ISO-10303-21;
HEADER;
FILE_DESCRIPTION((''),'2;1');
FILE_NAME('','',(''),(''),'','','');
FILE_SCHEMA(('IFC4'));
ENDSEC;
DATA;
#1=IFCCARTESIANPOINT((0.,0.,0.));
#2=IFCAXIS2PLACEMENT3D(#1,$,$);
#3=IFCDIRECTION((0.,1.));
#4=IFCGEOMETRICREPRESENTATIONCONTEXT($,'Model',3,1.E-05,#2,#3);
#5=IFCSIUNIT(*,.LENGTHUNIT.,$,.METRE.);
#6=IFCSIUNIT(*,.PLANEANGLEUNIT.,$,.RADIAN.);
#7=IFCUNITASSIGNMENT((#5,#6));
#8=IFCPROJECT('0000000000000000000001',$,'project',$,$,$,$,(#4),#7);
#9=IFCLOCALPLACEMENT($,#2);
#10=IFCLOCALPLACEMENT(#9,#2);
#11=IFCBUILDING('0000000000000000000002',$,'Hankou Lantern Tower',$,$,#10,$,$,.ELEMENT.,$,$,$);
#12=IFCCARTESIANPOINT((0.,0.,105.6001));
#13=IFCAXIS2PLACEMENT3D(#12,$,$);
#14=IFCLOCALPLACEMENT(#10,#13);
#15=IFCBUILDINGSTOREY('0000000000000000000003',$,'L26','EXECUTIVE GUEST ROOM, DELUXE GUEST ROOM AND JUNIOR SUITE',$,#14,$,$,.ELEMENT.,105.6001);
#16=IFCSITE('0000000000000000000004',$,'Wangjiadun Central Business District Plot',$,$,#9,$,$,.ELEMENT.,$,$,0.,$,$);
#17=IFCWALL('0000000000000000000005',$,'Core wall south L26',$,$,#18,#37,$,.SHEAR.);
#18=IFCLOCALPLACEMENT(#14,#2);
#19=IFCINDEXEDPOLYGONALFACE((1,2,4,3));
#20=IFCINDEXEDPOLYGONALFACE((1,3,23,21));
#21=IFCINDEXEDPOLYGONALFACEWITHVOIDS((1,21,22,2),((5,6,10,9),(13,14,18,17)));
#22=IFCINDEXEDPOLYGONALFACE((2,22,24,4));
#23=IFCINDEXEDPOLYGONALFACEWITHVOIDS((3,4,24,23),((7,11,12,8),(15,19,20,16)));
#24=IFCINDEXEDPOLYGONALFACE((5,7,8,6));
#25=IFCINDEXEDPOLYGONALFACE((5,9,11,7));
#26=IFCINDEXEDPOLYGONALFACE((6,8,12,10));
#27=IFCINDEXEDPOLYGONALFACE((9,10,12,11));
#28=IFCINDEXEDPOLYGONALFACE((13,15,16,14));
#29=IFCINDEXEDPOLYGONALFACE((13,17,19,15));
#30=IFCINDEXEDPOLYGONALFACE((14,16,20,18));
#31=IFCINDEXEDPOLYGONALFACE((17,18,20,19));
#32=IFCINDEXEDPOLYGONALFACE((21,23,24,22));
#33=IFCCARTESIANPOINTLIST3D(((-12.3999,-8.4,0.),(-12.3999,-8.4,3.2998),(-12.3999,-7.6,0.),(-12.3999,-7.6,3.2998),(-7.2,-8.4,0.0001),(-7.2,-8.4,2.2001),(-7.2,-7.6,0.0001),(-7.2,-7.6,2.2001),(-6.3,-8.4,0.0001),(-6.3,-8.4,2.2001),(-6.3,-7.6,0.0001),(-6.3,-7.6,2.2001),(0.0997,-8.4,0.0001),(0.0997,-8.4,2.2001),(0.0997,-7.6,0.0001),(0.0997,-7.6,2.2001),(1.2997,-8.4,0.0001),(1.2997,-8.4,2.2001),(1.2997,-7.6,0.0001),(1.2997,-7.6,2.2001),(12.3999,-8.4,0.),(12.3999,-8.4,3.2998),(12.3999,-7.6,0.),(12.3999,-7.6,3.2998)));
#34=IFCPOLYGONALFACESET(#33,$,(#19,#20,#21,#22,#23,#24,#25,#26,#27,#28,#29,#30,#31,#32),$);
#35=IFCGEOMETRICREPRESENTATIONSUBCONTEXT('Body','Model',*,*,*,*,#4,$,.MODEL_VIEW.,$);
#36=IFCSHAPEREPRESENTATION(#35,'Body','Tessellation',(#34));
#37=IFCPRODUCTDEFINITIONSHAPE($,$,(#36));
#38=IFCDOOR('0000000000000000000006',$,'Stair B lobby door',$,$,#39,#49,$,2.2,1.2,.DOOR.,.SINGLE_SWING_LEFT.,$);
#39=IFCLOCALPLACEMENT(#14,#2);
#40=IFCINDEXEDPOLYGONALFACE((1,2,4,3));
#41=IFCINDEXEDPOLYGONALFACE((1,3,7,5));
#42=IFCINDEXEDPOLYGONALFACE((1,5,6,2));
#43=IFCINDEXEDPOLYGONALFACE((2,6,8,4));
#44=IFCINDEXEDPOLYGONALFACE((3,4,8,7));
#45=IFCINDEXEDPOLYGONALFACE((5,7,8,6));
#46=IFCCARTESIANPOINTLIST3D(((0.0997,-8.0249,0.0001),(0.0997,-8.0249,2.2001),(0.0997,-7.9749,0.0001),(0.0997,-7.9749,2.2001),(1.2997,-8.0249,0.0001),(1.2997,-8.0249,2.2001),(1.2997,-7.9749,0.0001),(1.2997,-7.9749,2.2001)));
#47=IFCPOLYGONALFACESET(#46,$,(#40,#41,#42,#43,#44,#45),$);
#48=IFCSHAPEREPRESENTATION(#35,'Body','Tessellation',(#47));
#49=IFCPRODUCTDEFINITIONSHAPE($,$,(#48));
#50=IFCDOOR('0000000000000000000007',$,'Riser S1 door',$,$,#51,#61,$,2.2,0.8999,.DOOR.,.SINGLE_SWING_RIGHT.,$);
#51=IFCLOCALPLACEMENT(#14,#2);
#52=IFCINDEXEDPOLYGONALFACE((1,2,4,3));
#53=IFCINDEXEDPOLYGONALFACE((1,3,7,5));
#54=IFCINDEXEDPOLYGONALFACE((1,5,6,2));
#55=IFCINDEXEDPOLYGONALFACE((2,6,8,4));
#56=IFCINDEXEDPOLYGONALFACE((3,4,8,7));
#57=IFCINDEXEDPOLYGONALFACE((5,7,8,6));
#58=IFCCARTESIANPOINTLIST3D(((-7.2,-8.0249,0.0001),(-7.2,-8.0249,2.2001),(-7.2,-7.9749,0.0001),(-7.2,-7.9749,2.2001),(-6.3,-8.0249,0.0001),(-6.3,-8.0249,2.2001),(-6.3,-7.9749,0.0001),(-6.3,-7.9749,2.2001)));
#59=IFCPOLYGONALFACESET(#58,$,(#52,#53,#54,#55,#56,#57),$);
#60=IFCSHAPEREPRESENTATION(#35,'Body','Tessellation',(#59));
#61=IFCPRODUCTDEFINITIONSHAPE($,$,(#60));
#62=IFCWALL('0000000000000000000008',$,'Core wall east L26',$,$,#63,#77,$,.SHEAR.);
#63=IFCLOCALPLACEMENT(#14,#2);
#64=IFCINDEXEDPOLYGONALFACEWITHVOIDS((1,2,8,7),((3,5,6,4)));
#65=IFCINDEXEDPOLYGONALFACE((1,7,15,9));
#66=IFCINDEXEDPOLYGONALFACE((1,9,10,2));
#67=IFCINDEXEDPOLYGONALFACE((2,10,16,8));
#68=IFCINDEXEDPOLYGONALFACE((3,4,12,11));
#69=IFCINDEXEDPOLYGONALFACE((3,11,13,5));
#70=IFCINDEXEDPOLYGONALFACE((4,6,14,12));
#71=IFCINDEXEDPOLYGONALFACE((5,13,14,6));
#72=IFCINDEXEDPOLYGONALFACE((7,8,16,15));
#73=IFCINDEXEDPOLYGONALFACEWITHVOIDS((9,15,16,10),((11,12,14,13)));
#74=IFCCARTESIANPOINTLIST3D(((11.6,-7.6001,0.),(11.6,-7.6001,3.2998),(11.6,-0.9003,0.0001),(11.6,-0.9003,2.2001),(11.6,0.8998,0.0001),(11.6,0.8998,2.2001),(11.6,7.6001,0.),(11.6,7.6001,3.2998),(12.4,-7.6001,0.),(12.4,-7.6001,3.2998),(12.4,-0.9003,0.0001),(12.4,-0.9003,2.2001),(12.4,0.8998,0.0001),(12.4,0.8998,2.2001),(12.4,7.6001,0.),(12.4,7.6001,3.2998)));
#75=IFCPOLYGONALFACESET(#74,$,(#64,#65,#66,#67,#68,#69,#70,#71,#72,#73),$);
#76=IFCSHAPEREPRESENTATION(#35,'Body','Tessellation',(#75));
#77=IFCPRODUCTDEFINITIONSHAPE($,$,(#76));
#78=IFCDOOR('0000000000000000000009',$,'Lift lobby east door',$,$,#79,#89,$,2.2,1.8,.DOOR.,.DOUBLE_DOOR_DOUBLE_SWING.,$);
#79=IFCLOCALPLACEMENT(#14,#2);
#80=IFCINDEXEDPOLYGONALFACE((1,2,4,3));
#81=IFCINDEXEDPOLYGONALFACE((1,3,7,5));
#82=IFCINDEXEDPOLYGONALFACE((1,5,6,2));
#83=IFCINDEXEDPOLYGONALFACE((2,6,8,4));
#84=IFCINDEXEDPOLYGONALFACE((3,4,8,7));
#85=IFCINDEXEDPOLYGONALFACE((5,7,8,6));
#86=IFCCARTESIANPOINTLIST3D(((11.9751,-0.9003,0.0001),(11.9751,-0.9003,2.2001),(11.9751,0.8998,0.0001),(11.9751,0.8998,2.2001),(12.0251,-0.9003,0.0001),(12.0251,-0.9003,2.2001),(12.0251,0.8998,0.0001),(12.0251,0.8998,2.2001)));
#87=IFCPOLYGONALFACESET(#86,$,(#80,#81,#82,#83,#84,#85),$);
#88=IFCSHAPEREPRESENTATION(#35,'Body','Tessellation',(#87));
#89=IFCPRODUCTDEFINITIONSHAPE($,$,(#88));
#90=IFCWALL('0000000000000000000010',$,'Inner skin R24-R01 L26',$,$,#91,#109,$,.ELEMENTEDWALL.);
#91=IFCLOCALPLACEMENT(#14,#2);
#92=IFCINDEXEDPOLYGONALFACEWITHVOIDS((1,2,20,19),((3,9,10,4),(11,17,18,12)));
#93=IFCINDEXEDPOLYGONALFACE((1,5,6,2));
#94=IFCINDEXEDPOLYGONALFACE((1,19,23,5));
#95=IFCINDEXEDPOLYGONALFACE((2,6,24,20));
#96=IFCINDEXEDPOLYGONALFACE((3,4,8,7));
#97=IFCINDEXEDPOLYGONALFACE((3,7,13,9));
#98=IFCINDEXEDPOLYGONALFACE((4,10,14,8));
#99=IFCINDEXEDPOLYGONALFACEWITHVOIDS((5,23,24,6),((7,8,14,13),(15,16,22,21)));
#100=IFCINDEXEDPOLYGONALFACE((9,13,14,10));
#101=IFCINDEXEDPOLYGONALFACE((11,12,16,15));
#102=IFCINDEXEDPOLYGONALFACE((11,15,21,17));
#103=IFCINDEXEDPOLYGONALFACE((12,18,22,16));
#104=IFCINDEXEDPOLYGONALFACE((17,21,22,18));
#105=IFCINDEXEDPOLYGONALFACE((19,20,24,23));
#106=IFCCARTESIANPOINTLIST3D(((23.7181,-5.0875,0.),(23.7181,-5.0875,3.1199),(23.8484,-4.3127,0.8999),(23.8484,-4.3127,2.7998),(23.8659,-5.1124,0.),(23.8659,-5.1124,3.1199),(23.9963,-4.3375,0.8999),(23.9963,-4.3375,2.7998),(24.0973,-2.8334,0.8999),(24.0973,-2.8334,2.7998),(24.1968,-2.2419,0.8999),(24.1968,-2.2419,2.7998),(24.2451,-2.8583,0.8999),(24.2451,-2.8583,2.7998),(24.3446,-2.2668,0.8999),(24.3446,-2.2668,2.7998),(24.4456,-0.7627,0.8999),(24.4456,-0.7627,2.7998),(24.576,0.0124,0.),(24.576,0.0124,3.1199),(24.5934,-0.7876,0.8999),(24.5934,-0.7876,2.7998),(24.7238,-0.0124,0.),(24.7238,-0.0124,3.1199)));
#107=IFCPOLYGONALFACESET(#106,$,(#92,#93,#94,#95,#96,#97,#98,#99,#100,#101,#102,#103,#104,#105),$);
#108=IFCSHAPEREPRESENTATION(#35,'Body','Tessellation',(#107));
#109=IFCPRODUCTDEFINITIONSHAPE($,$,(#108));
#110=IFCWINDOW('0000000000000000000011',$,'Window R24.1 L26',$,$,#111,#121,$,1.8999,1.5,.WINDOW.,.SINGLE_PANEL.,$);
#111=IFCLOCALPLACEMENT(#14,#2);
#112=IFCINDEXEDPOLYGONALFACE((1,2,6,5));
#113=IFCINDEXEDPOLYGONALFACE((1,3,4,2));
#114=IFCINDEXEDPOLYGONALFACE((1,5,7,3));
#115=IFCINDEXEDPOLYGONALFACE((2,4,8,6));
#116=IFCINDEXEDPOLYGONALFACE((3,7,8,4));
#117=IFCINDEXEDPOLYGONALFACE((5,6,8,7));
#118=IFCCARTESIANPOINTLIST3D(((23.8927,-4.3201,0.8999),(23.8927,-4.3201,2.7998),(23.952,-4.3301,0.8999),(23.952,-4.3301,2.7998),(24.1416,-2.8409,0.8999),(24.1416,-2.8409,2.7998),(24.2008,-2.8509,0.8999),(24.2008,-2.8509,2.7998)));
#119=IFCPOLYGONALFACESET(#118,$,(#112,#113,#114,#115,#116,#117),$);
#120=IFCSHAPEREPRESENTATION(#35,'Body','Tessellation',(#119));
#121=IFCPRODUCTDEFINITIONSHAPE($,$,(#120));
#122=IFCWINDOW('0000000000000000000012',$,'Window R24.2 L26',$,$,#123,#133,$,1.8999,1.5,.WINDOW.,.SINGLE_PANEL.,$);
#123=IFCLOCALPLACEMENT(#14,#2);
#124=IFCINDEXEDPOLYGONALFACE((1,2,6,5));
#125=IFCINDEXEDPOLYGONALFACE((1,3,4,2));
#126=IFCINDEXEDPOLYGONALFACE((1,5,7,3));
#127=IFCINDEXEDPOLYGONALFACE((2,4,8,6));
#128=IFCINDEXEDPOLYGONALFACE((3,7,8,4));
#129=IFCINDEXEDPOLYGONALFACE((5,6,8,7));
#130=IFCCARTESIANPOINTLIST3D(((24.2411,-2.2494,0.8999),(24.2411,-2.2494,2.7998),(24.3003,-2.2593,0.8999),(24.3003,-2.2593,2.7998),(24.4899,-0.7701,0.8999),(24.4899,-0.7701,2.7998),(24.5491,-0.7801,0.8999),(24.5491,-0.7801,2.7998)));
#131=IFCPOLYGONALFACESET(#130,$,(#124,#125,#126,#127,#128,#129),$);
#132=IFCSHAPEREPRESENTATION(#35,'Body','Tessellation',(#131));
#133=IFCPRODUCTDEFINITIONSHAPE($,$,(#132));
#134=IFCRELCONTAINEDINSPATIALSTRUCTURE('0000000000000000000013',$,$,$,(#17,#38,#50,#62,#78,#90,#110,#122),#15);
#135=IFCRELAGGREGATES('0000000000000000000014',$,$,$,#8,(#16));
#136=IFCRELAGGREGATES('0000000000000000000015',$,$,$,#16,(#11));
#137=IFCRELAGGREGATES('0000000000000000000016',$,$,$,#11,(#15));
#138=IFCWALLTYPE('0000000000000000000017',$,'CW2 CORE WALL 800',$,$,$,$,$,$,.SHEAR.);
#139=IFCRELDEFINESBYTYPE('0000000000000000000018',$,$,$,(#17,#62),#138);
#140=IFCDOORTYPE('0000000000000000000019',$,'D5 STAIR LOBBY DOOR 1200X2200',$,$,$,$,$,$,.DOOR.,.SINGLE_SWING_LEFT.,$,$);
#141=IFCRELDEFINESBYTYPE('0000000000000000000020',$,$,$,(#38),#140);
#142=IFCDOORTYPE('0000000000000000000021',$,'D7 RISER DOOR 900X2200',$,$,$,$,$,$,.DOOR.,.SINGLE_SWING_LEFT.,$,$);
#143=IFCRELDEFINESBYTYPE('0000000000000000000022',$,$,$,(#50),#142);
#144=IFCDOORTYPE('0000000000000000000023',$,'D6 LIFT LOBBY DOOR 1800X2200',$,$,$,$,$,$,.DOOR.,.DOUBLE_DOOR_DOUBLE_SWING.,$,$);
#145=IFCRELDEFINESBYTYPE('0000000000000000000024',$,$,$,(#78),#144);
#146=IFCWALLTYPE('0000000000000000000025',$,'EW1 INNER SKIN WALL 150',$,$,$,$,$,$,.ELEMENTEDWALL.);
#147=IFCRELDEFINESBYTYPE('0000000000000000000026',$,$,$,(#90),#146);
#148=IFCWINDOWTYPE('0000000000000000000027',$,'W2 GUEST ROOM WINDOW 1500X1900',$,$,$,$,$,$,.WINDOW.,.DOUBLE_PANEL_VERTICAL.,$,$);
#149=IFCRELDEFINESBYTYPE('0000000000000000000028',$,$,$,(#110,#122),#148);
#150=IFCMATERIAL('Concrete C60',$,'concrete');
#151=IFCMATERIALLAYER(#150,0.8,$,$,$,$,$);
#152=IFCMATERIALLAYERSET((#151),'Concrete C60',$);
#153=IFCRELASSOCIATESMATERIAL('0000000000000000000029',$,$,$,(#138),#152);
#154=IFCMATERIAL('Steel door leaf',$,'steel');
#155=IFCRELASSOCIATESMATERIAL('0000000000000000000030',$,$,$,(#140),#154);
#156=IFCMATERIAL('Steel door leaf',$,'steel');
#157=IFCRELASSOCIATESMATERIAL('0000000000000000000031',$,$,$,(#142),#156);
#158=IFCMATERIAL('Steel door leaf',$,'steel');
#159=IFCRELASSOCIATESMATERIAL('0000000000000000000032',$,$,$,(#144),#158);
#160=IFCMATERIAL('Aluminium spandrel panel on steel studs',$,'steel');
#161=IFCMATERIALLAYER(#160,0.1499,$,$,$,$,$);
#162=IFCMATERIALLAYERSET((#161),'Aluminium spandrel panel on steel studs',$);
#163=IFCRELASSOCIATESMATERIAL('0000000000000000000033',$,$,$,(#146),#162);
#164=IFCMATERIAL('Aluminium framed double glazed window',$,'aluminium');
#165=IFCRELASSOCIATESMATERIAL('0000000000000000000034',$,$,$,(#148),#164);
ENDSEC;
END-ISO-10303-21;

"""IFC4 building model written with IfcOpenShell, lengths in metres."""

from ifc_helpers import new_model, si_unit, direction, frame, frame_2d, origin, place, context, subcontext, project, spatial, rectangle, extrude, material, layer, layer_set, type_object, element, fill, save


model = new_model("IFC4")

# Units and contexts
model_context = context("Model", 3, precision=1e-05, world=origin(), true_north=direction((0.0, 1.0)))
body_context = subcontext(model_context, "Body", "Model", "MODEL_VIEW")
ifc_project = project(units=[si_unit("LENGTHUNIT", "METRE"), si_unit("PLANEANGLEUNIT", "RADIAN")], contexts=[model_context])

# Site, building, storey
site_placement = place(None, origin())
site = spatial("IfcSite", under=ifc_project, at=site_placement, Name="Wangjiadun Central Business District Plot", CompositionType="ELEMENT", RefElevation=0.0)
building_placement = place(site_placement, origin())
building = spatial("IfcBuilding", under=site, at=building_placement, Name="Hankou Lantern Tower", CompositionType="ELEMENT")
storey_placement = place(building_placement, frame((0.0, 0.0, 105.6001)))
storey = spatial("IfcBuildingStorey", under=building, at=storey_placement, Name="L26", Description="EXECUTIVE GUEST ROOM, DELUXE GUEST ROOM AND JUNIOR SUITE", CompositionType="ELEMENT", Elevation=105.6001)

# Wall, openings, doors
ifc_material_1 = material(Name="Concrete C60", Category="concrete")
ifc_layer_1 = layer(ifc_material_1, 0.8)
ifc_layer_set_1 = layer_set([ifc_layer_1], Name="Concrete C60")
wall_type_1 = type_object("IfcWallType", Name="CW2 CORE WALL 800", PredefinedType="SHEAR", material=ifc_layer_set_1)
wall_1_placement = place(storey_placement, frame((12.3999, -8.0, 0.0), z_axis=(0.0, 0.0, 1.0), x_axis=(-1.0, 0.0, 0.0)))
wall_1 = element("IfcWall", 1, at=wall_1_placement, inside=storey, type_object=wall_type_1, Name="Core wall south L26", PredefinedType="SHEAR", context=body_context, shape_type="SweptSolid", body=[
    extrude(rectangle(XDim=24.7998, YDim=0.8, at=frame_2d((12.3999, 0.0))), origin(), (0.0, 0.0, 1.0), 3.2998),
])
opening_1_placement = place(wall_1_placement, frame((11.1001, 0.0, 0.0)))
opening_1 = element("IfcOpeningElement", 2, at=opening_1_placement, cuts=wall_1, PredefinedType="OPENING", context=body_context, shape_type="SweptSolid", body=[
    extrude(rectangle(XDim=1.2, YDim=2.2, at=frame_2d((0.6001, 1.1001))), frame((0.0, 0.4099, 0.0), z_axis=(0.0, -1.0, 0.0), x_axis=(1.0, 0.0, 0.0)), (0.0, 0.0, 1.0), 0.8201),
])
opening_2_placement = place(wall_1_placement, frame((18.7, 0.0, 0.0)))
opening_2 = element("IfcOpeningElement", 3, at=opening_2_placement, cuts=wall_1, PredefinedType="OPENING", context=body_context, shape_type="SweptSolid", body=[
    extrude(rectangle(XDim=0.8999, YDim=2.2, at=frame_2d((0.45, 1.1001))), frame((0.0, 0.4099, 0.0), z_axis=(0.0, -1.0, 0.0), x_axis=(1.0, 0.0, 0.0)), (0.0, 0.0, 1.0), 0.8201),
])
ifc_material_2 = material(Name="Steel door leaf", Category="steel")
door_type_1 = type_object("IfcDoorType", Name="D5 STAIR LOBBY DOOR 1200X2200", OperationType="SINGLE_SWING_LEFT", PredefinedType="DOOR", material=ifc_material_2)
door_1_placement = place(opening_1_placement, origin())
door_1 = element("IfcDoor", 4, at=door_1_placement, inside=storey, type_object=door_type_1, Name="Stair B lobby door", OperationType="SINGLE_SWING_LEFT", OverallHeight=2.2, OverallWidth=1.2, PredefinedType="DOOR", context=body_context, shape_type="SweptSolid", body=[
    extrude(rectangle(XDim=1.2, YDim=2.2, at=frame_2d((0.6001, 1.1001))), frame((0.0, 0.0249, 0.0), z_axis=(0.0, -1.0, 0.0), x_axis=(1.0, 0.0, 0.0)), (0.0, 0.0, 1.0), 0.05),
])
fill(opening_1, door_1)
ifc_material_3 = material(Name="Steel door leaf", Category="steel")
door_type_2 = type_object("IfcDoorType", Name="D7 RISER DOOR 900X2200", OperationType="SINGLE_SWING_LEFT", PredefinedType="DOOR", material=ifc_material_3)
door_2_placement = place(opening_2_placement, origin())
door_2 = element("IfcDoor", 5, at=door_2_placement, inside=storey, type_object=door_type_2, Name="Riser S1 door", OperationType="SINGLE_SWING_RIGHT", OverallHeight=2.2, OverallWidth=0.8999, PredefinedType="DOOR", context=body_context, shape_type="SweptSolid", body=[
    extrude(rectangle(XDim=0.8999, YDim=2.2, at=frame_2d((0.45, 1.1001))), frame((0.0, 0.0249, 0.0), z_axis=(0.0, -1.0, 0.0), x_axis=(1.0, 0.0, 0.0)), (0.0, 0.0, 1.0), 0.05),
])
fill(opening_2, door_2)

# Wall, opening, door
wall_2_placement = place(storey_placement, frame((12.0, -7.6001, 0.0), z_axis=(0.0, 0.0, 1.0), x_axis=(0.0, 1.0, 0.0)))
wall_2 = element("IfcWall", 6, at=wall_2_placement, inside=storey, type_object=wall_type_1, Name="Core wall east L26", PredefinedType="SHEAR", context=body_context, shape_type="SweptSolid", body=[
    extrude(rectangle(XDim=15.2002, YDim=0.8, at=frame_2d((7.6001, 0.0))), origin(), (0.0, 0.0, 1.0), 3.2998),
])
opening_3_placement = place(wall_2_placement, frame((6.7, 0.0, 0.0)))
opening_3 = element("IfcOpeningElement", 7, at=opening_3_placement, cuts=wall_2, PredefinedType="OPENING", context=body_context, shape_type="SweptSolid", body=[
    extrude(rectangle(XDim=1.8, YDim=2.2, at=frame_2d((0.8999, 1.1001))), frame((0.0, 0.4099, 0.0), z_axis=(0.0, -1.0, 0.0), x_axis=(1.0, 0.0, 0.0)), (0.0, 0.0, 1.0), 0.8201),
])
ifc_material_4 = material(Name="Steel door leaf", Category="steel")
door_type_3 = type_object("IfcDoorType", Name="D6 LIFT LOBBY DOOR 1800X2200", OperationType="DOUBLE_DOOR_DOUBLE_SWING", PredefinedType="DOOR", material=ifc_material_4)
door_3_placement = place(opening_3_placement, origin())
door_3 = element("IfcDoor", 8, at=door_3_placement, inside=storey, type_object=door_type_3, Name="Lift lobby east door", OperationType="DOUBLE_DOOR_DOUBLE_SWING", OverallHeight=2.2, OverallWidth=1.8, PredefinedType="DOOR", context=body_context, shape_type="SweptSolid", body=[
    extrude(rectangle(XDim=1.8, YDim=2.2, at=frame_2d((0.8999, 1.1001))), frame((0.0, 0.0249, 0.0), z_axis=(0.0, -1.0, 0.0), x_axis=(1.0, 0.0, 0.0)), (0.0, 0.0, 1.0), 0.05),
])
fill(opening_3, door_3)

# Wall, openings, windows
ifc_material_5 = material(Name="Aluminium spandrel panel on steel studs", Category="steel")
ifc_layer_2 = layer(ifc_material_5, 0.1499)
ifc_layer_set_2 = layer_set([ifc_layer_2], Name="Aluminium spandrel panel on steel studs")
wall_type_2 = type_object("IfcWallType", Name="EW1 INNER SKIN WALL 150", PredefinedType="ELEMENTEDWALL", material=ifc_layer_set_2)
wall_3_placement = place(storey_placement, frame((23.792, -5.1001, 0.0), z_axis=(0.0, 0.0, 1.0), x_axis=(0.165884, 0.986145, 0.0)))
wall_3 = element("IfcWall", 9, at=wall_3_placement, inside=storey, type_object=wall_type_2, Name="Inner skin R24-R01 L26", PredefinedType="ELEMENTEDWALL", context=body_context, shape_type="SweptSolid", body=[
    extrude(rectangle(XDim=5.1716, YDim=0.1499, at=frame_2d((2.5859, 0.0))), origin(), (0.0, 0.0, 1.0), 3.1199),
])
opening_4_placement = place(wall_3_placement, frame((0.7859, 0.0, 0.8999)))
opening_4 = element("IfcOpeningElement", 10, at=opening_4_placement, cuts=wall_3, PredefinedType="OPENING", context=body_context, shape_type="SweptSolid", body=[
    extrude(rectangle(XDim=1.5, YDim=1.8999, at=frame_2d((0.75, 0.95))), frame((0.0, 0.085, 0.0), z_axis=(0.0, -1.0, 0.0), x_axis=(1.0, 0.0, 0.0)), (0.0, 0.0, 1.0), 0.1699),
])
opening_5_placement = place(wall_3_placement, frame((2.8857, 0.0, 0.8999)))
opening_5 = element("IfcOpeningElement", 11, at=opening_5_placement, cuts=wall_3, PredefinedType="OPENING", context=body_context, shape_type="SweptSolid", body=[
    extrude(rectangle(XDim=1.5, YDim=1.8999, at=frame_2d((0.75, 0.95))), frame((0.0, 0.085, 0.0), z_axis=(0.0, -1.0, 0.0), x_axis=(1.0, 0.0, 0.0)), (0.0, 0.0, 1.0), 0.1699),
])
ifc_material_6 = material(Name="Aluminium framed double glazed window", Category="aluminium")
window_type = type_object("IfcWindowType", Name="W2 GUEST ROOM WINDOW 1500X1900", PartitioningType="DOUBLE_PANEL_VERTICAL", PredefinedType="WINDOW", material=ifc_material_6)
window_1_placement = place(opening_4_placement, origin())
window_1 = element("IfcWindow", 12, at=window_1_placement, inside=storey, type_object=window_type, Name="Window R24.1 L26", OverallHeight=1.8999, OverallWidth=1.5, PartitioningType="SINGLE_PANEL", PredefinedType="WINDOW", context=body_context, shape_type="SweptSolid", body=[
    extrude(rectangle(XDim=1.5, YDim=1.8999, at=frame_2d((0.75, 0.95))), frame((0.0, 0.03, 0.0), z_axis=(0.0, -1.0, 0.0), x_axis=(1.0, 0.0, 0.0)), (0.0, 0.0, 1.0), 0.0601),
])
fill(opening_4, window_1)
window_2_placement = place(opening_5_placement, origin())
window_2 = element("IfcWindow", 13, at=window_2_placement, inside=storey, type_object=window_type, Name="Window R24.2 L26", OverallHeight=1.8999, OverallWidth=1.5, PartitioningType="SINGLE_PANEL", PredefinedType="WINDOW", context=body_context, shape_type="SweptSolid", body=[
    extrude(rectangle(XDim=1.5, YDim=1.8999, at=frame_2d((0.75, 0.95))), frame((0.0, 0.03, 0.0), z_axis=(0.0, -1.0, 0.0), x_axis=(1.0, 0.0, 0.0)), (0.0, 0.0, 1.0), 0.0601),
])
fill(opening_5, window_2)

save(model, "model.ifc")
